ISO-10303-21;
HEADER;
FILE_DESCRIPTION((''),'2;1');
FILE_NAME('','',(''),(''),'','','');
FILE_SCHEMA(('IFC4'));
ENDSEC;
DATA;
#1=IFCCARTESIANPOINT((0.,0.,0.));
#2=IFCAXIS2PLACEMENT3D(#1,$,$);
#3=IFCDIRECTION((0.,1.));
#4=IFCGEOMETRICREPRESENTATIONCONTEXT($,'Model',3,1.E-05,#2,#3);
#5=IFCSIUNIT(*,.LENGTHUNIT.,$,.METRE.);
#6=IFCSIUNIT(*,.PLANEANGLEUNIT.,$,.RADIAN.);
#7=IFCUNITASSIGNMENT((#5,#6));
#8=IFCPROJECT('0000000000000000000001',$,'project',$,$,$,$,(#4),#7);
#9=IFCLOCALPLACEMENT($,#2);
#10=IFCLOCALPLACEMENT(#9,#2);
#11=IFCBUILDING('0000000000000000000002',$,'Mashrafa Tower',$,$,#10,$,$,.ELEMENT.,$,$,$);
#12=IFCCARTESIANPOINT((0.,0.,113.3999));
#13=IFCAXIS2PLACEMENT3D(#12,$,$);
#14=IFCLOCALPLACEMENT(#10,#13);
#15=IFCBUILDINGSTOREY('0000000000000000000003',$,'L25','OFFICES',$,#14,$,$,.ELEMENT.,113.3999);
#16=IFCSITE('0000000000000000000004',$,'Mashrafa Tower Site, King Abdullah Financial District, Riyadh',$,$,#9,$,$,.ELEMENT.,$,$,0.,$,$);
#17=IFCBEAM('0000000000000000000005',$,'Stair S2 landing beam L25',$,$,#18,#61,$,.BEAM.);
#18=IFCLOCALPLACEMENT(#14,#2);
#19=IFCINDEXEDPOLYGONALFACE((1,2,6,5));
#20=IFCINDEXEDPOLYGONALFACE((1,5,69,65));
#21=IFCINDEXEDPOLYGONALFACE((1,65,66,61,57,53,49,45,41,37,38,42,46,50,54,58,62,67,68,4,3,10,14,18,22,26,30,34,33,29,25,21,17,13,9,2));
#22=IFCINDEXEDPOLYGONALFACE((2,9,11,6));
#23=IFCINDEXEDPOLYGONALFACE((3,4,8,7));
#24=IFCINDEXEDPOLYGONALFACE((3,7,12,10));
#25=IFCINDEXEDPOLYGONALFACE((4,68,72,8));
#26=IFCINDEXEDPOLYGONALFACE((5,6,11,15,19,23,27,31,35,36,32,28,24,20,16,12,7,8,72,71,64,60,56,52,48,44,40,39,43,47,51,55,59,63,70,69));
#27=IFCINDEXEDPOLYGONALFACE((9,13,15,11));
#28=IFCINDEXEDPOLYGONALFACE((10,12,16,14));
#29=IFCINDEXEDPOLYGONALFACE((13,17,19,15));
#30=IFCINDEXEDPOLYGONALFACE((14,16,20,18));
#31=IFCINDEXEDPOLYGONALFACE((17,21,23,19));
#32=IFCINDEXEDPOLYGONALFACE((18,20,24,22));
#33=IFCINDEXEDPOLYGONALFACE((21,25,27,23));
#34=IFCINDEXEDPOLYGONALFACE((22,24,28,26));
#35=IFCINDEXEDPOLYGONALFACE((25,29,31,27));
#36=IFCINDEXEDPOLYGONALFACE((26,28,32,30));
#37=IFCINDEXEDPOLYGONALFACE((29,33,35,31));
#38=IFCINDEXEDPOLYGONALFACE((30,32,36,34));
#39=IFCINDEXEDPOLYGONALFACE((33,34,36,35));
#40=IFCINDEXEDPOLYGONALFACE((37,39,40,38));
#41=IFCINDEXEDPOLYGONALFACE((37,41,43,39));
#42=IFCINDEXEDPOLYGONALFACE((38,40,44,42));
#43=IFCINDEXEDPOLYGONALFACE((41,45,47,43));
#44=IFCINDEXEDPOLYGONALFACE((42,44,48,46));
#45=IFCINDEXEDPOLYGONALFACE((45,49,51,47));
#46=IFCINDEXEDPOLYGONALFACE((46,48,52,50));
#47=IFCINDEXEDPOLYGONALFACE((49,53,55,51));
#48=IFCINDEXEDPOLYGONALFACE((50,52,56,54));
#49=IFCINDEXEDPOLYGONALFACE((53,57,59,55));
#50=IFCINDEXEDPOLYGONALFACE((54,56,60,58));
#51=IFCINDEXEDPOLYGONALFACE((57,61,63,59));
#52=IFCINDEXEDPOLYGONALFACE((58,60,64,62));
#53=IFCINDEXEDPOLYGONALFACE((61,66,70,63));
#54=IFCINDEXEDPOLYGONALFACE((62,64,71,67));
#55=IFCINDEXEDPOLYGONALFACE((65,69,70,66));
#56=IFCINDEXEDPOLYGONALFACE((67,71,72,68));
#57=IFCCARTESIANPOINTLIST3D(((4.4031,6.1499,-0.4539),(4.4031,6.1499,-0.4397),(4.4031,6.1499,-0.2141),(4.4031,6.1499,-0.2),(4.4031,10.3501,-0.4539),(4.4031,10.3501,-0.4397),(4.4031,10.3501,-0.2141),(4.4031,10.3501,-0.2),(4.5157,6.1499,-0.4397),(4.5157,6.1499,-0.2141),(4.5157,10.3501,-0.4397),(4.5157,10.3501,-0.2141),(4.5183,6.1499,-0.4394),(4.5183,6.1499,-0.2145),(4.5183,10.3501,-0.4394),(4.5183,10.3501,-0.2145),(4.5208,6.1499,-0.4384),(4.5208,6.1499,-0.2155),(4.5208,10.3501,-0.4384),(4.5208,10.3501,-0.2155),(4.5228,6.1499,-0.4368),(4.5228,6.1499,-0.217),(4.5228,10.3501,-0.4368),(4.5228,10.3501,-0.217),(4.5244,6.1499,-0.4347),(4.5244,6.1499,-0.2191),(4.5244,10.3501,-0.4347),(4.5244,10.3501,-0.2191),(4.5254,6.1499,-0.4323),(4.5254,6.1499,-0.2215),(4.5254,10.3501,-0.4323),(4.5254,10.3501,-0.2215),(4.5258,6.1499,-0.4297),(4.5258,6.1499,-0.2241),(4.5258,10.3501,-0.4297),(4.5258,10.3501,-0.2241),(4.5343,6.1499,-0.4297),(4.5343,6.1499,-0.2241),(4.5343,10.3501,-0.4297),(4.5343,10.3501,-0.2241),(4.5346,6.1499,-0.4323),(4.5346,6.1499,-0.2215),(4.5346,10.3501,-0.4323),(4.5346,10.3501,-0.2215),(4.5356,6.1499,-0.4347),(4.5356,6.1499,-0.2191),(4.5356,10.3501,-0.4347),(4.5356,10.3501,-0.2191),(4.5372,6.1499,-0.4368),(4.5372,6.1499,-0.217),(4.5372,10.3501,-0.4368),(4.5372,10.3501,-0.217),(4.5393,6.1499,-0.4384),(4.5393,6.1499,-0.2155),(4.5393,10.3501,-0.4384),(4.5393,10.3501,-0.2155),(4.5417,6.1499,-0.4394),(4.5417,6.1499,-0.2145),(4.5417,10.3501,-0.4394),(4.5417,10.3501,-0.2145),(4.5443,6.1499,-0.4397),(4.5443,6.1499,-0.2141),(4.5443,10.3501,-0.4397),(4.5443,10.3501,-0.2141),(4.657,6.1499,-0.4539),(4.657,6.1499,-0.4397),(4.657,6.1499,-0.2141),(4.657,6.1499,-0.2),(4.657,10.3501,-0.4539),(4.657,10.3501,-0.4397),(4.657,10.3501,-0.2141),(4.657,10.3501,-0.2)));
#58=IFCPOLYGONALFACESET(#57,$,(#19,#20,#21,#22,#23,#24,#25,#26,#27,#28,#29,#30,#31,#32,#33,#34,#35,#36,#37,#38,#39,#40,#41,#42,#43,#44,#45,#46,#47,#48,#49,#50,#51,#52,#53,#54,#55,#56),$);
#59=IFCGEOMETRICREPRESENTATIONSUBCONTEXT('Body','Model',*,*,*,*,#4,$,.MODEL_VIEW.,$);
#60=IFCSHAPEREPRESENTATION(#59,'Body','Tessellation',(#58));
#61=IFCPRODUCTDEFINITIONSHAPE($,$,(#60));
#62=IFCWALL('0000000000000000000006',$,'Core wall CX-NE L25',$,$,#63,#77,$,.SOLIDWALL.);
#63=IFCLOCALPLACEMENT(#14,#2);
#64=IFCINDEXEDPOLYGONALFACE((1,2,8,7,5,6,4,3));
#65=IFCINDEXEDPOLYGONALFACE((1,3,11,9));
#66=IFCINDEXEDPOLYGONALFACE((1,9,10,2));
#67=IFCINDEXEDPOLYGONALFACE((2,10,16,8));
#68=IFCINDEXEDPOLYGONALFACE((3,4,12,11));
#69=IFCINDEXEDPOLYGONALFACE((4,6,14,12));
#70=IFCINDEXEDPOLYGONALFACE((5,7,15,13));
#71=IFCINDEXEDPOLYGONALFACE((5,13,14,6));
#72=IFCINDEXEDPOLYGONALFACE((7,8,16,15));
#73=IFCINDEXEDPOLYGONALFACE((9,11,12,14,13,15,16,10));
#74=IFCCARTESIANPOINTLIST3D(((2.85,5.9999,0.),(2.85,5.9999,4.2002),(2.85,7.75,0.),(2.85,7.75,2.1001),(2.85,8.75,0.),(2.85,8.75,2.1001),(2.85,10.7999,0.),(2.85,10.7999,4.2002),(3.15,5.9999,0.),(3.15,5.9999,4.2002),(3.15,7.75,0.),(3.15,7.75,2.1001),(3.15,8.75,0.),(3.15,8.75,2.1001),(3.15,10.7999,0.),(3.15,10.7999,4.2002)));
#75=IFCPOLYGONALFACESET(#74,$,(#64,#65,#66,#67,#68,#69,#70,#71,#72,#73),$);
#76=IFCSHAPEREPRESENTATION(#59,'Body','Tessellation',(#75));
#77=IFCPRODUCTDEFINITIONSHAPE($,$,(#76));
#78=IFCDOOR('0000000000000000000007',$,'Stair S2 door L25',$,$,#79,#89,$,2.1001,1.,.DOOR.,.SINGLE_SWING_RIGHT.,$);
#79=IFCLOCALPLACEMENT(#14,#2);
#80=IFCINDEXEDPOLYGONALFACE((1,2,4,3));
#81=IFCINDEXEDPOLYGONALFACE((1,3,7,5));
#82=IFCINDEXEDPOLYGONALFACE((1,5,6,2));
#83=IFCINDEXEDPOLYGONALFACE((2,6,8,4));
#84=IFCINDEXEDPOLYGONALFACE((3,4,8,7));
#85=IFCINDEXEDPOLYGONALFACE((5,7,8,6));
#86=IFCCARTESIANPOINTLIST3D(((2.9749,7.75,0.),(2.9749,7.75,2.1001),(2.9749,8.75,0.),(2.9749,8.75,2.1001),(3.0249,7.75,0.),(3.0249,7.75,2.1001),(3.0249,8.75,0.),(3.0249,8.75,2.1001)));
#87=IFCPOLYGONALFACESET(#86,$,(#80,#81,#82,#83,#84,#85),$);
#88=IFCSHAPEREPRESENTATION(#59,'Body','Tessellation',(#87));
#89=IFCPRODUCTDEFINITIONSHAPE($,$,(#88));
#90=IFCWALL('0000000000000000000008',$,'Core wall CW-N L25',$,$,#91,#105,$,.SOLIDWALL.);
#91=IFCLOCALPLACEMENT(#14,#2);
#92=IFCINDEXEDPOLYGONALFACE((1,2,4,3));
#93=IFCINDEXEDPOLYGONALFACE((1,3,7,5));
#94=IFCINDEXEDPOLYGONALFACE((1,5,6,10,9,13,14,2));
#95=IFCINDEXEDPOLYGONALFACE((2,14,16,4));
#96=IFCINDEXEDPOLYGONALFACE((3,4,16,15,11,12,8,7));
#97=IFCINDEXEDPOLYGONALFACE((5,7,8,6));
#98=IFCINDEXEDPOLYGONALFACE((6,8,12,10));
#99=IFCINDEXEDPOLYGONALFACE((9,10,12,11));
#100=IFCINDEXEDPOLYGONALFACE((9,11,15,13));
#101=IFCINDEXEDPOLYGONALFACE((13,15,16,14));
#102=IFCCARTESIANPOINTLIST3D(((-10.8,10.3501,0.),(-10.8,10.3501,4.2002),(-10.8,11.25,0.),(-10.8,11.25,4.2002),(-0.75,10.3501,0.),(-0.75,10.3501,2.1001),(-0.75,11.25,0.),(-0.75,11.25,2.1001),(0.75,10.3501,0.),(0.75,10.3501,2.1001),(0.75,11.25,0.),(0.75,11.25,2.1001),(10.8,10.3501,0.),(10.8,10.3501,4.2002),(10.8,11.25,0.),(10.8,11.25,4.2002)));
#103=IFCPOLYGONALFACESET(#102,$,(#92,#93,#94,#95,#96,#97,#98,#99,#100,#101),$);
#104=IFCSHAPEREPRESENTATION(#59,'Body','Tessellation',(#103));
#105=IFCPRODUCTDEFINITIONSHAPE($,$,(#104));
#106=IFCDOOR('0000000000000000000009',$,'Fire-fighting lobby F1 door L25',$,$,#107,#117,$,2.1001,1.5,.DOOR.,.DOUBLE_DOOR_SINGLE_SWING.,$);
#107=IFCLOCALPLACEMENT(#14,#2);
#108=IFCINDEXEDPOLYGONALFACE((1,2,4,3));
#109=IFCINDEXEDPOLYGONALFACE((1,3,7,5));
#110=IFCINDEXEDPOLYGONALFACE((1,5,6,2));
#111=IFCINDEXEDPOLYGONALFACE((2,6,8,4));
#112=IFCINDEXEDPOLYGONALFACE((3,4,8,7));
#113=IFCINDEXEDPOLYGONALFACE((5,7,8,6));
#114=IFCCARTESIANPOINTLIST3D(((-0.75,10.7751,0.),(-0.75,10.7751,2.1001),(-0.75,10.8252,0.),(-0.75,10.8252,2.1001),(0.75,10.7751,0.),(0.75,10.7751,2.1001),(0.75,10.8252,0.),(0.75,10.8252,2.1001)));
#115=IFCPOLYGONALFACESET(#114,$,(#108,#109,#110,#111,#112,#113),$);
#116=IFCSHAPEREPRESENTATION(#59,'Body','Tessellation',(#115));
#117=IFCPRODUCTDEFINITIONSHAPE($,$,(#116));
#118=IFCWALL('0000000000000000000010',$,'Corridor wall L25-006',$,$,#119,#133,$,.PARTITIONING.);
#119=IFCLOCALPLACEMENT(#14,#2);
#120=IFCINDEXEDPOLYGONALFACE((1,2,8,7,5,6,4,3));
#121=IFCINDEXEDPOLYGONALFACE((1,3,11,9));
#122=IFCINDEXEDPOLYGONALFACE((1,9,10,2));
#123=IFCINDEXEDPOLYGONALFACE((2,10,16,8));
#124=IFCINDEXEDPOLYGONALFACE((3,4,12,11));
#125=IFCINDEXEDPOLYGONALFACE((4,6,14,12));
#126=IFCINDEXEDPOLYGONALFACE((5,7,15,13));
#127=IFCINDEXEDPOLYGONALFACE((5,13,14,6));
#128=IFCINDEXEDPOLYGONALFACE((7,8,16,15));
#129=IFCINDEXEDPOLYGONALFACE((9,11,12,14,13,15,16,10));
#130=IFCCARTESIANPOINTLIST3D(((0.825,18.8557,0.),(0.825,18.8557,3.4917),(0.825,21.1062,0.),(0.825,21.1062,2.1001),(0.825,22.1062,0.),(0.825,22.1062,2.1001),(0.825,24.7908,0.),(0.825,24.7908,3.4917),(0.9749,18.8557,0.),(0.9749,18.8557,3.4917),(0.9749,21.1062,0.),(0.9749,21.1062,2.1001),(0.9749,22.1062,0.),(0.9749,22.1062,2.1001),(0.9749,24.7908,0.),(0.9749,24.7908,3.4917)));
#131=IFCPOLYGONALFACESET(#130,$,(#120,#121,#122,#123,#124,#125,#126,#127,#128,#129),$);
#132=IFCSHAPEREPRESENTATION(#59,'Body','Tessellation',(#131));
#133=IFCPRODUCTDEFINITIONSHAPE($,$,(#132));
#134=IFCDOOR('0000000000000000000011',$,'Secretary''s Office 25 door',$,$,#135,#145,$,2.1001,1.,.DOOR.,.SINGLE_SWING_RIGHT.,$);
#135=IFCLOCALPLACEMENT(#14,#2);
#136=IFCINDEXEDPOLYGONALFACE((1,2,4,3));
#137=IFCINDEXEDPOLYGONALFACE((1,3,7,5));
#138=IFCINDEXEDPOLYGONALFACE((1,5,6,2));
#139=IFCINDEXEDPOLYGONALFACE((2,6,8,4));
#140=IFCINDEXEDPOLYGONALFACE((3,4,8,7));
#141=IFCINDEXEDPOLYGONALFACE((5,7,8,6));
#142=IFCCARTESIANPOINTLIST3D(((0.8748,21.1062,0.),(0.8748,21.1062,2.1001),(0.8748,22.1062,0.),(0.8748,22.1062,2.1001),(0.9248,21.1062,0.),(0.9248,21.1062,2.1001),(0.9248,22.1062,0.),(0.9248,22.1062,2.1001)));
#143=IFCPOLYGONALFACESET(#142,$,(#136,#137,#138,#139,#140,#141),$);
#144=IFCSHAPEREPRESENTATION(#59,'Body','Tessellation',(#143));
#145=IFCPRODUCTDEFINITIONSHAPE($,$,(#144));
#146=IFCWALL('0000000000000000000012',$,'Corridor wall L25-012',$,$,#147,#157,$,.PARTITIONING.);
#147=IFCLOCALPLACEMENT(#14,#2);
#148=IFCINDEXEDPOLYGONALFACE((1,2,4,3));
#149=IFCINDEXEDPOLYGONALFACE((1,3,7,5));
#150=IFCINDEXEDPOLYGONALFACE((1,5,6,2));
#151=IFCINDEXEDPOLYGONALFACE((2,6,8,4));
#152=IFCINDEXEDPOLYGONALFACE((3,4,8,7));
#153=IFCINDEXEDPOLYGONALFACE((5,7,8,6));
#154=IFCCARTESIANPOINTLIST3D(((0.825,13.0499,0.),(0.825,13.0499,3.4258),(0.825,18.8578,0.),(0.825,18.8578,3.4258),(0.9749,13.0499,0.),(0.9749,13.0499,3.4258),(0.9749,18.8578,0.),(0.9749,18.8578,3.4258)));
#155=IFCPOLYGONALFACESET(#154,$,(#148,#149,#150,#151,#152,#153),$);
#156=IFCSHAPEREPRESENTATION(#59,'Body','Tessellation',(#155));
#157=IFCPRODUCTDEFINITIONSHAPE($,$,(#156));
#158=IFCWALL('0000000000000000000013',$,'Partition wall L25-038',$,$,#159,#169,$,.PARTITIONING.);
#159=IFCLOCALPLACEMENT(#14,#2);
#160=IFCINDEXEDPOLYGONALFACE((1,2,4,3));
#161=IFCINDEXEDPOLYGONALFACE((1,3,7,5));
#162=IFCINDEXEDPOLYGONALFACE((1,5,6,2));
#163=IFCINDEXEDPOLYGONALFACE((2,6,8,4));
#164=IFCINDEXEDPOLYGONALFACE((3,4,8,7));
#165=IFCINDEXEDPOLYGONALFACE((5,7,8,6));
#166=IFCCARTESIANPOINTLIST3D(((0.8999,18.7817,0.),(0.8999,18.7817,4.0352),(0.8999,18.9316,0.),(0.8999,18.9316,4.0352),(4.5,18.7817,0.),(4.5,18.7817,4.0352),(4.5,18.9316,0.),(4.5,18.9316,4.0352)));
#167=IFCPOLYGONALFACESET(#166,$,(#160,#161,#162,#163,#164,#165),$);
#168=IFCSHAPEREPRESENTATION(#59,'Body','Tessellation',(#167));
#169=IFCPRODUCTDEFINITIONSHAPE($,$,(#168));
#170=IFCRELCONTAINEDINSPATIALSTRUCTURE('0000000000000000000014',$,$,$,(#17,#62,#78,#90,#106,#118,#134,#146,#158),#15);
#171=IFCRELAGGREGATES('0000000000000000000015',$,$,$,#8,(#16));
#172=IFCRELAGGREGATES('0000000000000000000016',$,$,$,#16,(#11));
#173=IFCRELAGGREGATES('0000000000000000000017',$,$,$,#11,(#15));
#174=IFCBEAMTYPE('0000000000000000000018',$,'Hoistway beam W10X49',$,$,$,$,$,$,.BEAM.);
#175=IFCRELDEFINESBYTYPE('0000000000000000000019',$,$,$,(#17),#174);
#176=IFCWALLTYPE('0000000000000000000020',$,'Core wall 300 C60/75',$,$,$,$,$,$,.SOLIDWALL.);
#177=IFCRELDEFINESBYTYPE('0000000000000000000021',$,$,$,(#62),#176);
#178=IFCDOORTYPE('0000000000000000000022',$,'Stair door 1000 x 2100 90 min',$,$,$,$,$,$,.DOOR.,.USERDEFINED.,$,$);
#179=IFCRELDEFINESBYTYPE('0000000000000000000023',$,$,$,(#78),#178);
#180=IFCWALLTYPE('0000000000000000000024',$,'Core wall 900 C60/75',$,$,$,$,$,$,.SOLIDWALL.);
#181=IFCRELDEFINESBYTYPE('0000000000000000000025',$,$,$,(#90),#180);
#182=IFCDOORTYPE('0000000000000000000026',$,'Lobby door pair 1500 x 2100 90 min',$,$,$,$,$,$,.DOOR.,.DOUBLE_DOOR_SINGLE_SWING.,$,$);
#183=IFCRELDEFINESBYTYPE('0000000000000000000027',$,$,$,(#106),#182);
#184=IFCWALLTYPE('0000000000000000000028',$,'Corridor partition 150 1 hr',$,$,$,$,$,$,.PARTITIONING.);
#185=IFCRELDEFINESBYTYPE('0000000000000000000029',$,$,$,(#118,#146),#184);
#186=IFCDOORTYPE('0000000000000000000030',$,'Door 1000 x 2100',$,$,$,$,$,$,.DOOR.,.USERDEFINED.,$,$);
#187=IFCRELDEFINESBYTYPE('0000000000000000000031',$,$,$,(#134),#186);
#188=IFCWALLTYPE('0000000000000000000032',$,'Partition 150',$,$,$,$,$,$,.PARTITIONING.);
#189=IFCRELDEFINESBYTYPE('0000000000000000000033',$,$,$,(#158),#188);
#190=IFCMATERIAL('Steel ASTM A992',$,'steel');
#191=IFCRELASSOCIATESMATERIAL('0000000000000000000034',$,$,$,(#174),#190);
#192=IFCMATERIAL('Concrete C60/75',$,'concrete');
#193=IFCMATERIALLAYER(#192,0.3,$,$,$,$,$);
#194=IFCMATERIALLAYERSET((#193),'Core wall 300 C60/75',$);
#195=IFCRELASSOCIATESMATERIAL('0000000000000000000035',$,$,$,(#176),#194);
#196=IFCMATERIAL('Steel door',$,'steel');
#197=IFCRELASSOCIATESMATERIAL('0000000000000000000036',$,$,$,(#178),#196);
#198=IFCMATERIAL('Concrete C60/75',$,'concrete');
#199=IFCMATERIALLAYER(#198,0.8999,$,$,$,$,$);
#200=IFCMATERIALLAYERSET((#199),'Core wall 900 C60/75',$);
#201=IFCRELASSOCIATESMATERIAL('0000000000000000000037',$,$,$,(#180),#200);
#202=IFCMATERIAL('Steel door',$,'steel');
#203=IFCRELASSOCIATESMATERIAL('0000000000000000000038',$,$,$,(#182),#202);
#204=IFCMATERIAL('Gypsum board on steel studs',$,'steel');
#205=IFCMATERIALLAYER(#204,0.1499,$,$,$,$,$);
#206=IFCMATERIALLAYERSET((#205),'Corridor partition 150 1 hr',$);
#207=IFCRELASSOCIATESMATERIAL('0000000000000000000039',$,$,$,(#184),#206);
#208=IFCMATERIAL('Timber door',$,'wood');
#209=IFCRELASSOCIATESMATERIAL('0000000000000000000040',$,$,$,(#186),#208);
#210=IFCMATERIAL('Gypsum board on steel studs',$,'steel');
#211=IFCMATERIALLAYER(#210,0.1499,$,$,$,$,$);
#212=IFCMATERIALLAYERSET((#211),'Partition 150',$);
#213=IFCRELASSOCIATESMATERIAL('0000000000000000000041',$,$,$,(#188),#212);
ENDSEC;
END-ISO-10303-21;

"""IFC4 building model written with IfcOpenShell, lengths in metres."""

from ifc_helpers import new_model, si_unit, direction, frame, frame_2d, origin, origin_2d, place, context, subcontext, project, spatial, rectangle, i_section, extrude, material, layer, layer_set, material_profile, profile_set, type_object, element, fill, save


model = new_model("IFC4")

# Units and contexts
model_context = context("Model", 3, precision=1e-05, world=origin(), true_north=direction((0.0, 1.0)))
body_context = subcontext(model_context, "Body", "Model", "MODEL_VIEW")
ifc_project = project(units=[si_unit("LENGTHUNIT", "METRE"), si_unit("PLANEANGLEUNIT", "RADIAN")], contexts=[model_context])

# Site, building, storey
site_placement = place(None, origin())
site = spatial("IfcSite", under=ifc_project, at=site_placement, Name="Mashrafa Tower Site, King Abdullah Financial District, Riyadh", CompositionType="ELEMENT", RefElevation=0.0)
building_placement = place(site_placement, origin())
building = spatial("IfcBuilding", under=site, at=building_placement, Name="Mashrafa Tower", CompositionType="ELEMENT")
storey_placement = place(building_placement, frame((0.0, 0.0, 113.3999)))
storey = spatial("IfcBuildingStorey", under=building, at=storey_placement, Name="L25", Description="OFFICES", CompositionType="ELEMENT", Elevation=113.3999)

# Beam
ifc_material_1 = material(Name="Steel ASTM A992", Category="steel")
ifc_material_profile_1 = material_profile(ifc_material_1, i_section(OverallWidth=0.2539, OverallDepth=0.2539, WebThickness=0.0085, FlangeThickness=0.0142, FilletRadius=0.01, at=origin_2d()), Name="W10X49")
ifc_profile_set_1 = profile_set([ifc_material_profile_1], Name="Steel ASTM A992")
beam_type_1 = type_object("IfcBeamType", Name="Hoistway beam W10X49", PredefinedType="BEAM", material=ifc_profile_set_1)
beam_1_placement = place(storey_placement, frame((4.53, 6.1499, -0.3269), z_axis=(0.0, 1.0, 0.0), x_axis=(-1.0, 0.0, 0.0)))
element("IfcBeam", 1, at=beam_1_placement, inside=storey, type_object=beam_type_1, Name="Stair S2 landing beam L25", PredefinedType="BEAM", context=body_context, shape_type="SweptSolid", body=[
    extrude(i_section(OverallWidth=0.2539, OverallDepth=0.2539, WebThickness=0.0085, FlangeThickness=0.0142, FilletRadius=0.01, at=origin_2d()), origin(), (0.0, 0.0, 1.0), 4.2002),
])

# Walls, openings, doors
ifc_material_2 = material(Name="Concrete C60/75", Category="concrete")
ifc_layer_1 = layer(ifc_material_2, 0.3)
ifc_layer_set_1 = layer_set([ifc_layer_1], Name="Core wall 300 C60/75")
wall_type_1 = type_object("IfcWallType", Name="Core wall 300 C60/75", PredefinedType="SOLIDWALL", material=ifc_layer_set_1)
wall_1_placement = place(storey_placement, frame((3.0, 6.0, 0.0), z_axis=(0.0, 0.0, 1.0), x_axis=(0.0, 1.0, 0.0)))
wall_1 = element("IfcWall", 2, at=wall_1_placement, inside=storey, type_object=wall_type_1, Name="Core wall CX-NE L25", PredefinedType="SOLIDWALL", context=body_context, shape_type="SweptSolid", body=[
    extrude(rectangle(XDim=4.8, YDim=0.3, at=frame_2d((2.3999, 0.0))), origin(), (0.0, 0.0, 1.0), 4.2002),
])
opening_1_placement = place(wall_1_placement, frame((1.75, 0.0, 0.0)))
opening_1 = element("IfcOpeningElement", 3, at=opening_1_placement, cuts=wall_1, PredefinedType="OPENING", context=body_context, shape_type="SweptSolid", body=[
    extrude(rectangle(XDim=1.0, YDim=2.1001, at=frame_2d((0.5, 1.05))), frame((0.0, 0.1599, 0.0), z_axis=(0.0, -1.0, 0.0), x_axis=(1.0, 0.0, 0.0)), (0.0, 0.0, 1.0), 0.3201),
])
ifc_material_3 = material(Name="Steel door", Category="steel")
door_type_1 = type_object("IfcDoorType", Name="Stair door 1000 x 2100 90 min", OperationType="USERDEFINED", PredefinedType="DOOR", material=ifc_material_3)
door_1_placement = place(opening_1_placement, frame((1.0, 0.0, 0.0), z_axis=(0.0, 0.0, 1.0), x_axis=(-1.0, 0.0, 0.0)))
door_1 = element("IfcDoor", 4, at=door_1_placement, inside=storey, type_object=door_type_1, Name="Stair S2 door L25", OperationType="SINGLE_SWING_RIGHT", OverallHeight=2.1001, OverallWidth=1.0, PredefinedType="DOOR", context=body_context, shape_type="SweptSolid", body=[
    extrude(rectangle(XDim=1.0, YDim=2.1001, at=frame_2d((0.5, 1.05))), frame((0.0, 0.0249, 0.0), z_axis=(0.0, -1.0, 0.0), x_axis=(1.0, 0.0, 0.0)), (0.0, 0.0, 1.0), 0.05),
])
fill(opening_1, door_1)
ifc_material_4 = material(Name="Concrete C60/75", Category="concrete")
ifc_layer_2 = layer(ifc_material_4, 0.8999)
ifc_layer_set_2 = layer_set([ifc_layer_2], Name="Core wall 900 C60/75")
wall_type_2 = type_object("IfcWallType", Name="Core wall 900 C60/75", PredefinedType="SOLIDWALL", material=ifc_layer_set_2)
wall_2_placement = place(storey_placement, frame((10.8, 10.8, 0.0), z_axis=(0.0, 0.0, 1.0), x_axis=(-1.0, 0.0, 0.0)))
wall_2 = element("IfcWall", 5, at=wall_2_placement, inside=storey, type_object=wall_type_2, Name="Core wall CW-N L25", PredefinedType="SOLIDWALL", context=body_context, shape_type="SweptSolid", body=[
    extrude(rectangle(XDim=21.6001, YDim=0.8999, at=frame_2d((10.8, 0.0))), origin(), (0.0, 0.0, 1.0), 4.2002),
])
opening_2_placement = place(wall_2_placement, frame((10.05, 0.0, 0.0)))
opening_2 = element("IfcOpeningElement", 6, at=opening_2_placement, cuts=wall_2, PredefinedType="OPENING", context=body_context, shape_type="SweptSolid", body=[
    extrude(rectangle(XDim=1.5, YDim=2.1001, at=frame_2d((0.75, 1.05))), frame((0.0, 0.46, 0.0), z_axis=(0.0, -1.0, 0.0), x_axis=(1.0, 0.0, 0.0)), (0.0, 0.0, 1.0), 0.9199),
])
ifc_material_5 = material(Name="Steel door", Category="steel")
door_type_2 = type_object("IfcDoorType", Name="Lobby door pair 1500 x 2100 90 min", OperationType="DOUBLE_DOOR_SINGLE_SWING", PredefinedType="DOOR", material=ifc_material_5)
door_2_placement = place(opening_2_placement, origin())
door_2 = element("IfcDoor", 7, at=door_2_placement, inside=storey, type_object=door_type_2, Name="Fire-fighting lobby F1 door L25", OperationType="DOUBLE_DOOR_SINGLE_SWING", OverallHeight=2.1001, OverallWidth=1.5, PredefinedType="DOOR", context=body_context, shape_type="SweptSolid", body=[
    extrude(rectangle(XDim=1.5, YDim=2.1001, at=frame_2d((0.75, 1.05))), frame((0.0, 0.0249, 0.0), z_axis=(0.0, -1.0, 0.0), x_axis=(1.0, 0.0, 0.0)), (0.0, 0.0, 1.0), 0.05),
])
fill(opening_2, door_2)
ifc_material_6 = material(Name="Gypsum board on steel studs", Category="steel")
ifc_layer_3 = layer(ifc_material_6, 0.1499)
ifc_layer_set_3 = layer_set([ifc_layer_3], Name="Corridor partition 150 1 hr")
wall_type_3 = type_object("IfcWallType", Name="Corridor partition 150 1 hr", PredefinedType="PARTITIONING", material=ifc_layer_set_3)
wall_3_placement = place(storey_placement, frame((0.8999, 18.8557, 0.0), z_axis=(0.0, 0.0, 1.0), x_axis=(0.0, 1.0, 0.0)))
wall_3 = element("IfcWall", 8, at=wall_3_placement, inside=storey, type_object=wall_type_3, Name="Corridor wall L25-006", PredefinedType="PARTITIONING", context=body_context, shape_type="SweptSolid", body=[
    extrude(rectangle(XDim=5.9351, YDim=0.1499, at=frame_2d((2.9675, 0.0))), origin(), (0.0, 0.0, 1.0), 3.4917),
])
opening_3_placement = place(wall_3_placement, frame((2.2505, 0.0, 0.0)))
opening_3 = element("IfcOpeningElement", 9, at=opening_3_placement, cuts=wall_3, PredefinedType="OPENING", context=body_context, shape_type="SweptSolid", body=[
    extrude(rectangle(XDim=1.0, YDim=2.1001, at=frame_2d((0.5, 1.05))), frame((0.0, 0.085, 0.0), z_axis=(0.0, -1.0, 0.0), x_axis=(1.0, 0.0, 0.0)), (0.0, 0.0, 1.0), 0.1699),
])
ifc_material_7 = material(Name="Timber door", Category="wood")
door_type_3 = type_object("IfcDoorType", Name="Door 1000 x 2100", OperationType="USERDEFINED", PredefinedType="DOOR", material=ifc_material_7)
door_3_placement = place(opening_3_placement, frame((1.0, 0.0, 0.0), z_axis=(0.0, 0.0, 1.0), x_axis=(-1.0, 0.0, 0.0)))
door_3 = element("IfcDoor", 10, at=door_3_placement, inside=storey, type_object=door_type_3, Name="Secretary's Office 25 door", OperationType="SINGLE_SWING_RIGHT", OverallHeight=2.1001, OverallWidth=1.0, PredefinedType="DOOR", context=body_context, shape_type="SweptSolid", body=[
    extrude(rectangle(XDim=1.0, YDim=2.1001, at=frame_2d((0.5, 1.05))), frame((0.0, 0.0249, 0.0), z_axis=(0.0, -1.0, 0.0), x_axis=(1.0, 0.0, 0.0)), (0.0, 0.0, 1.0), 0.05),
])
fill(opening_3, door_3)

# Walls
wall_4_placement = place(storey_placement, frame((0.8999, 13.05, 0.0), z_axis=(0.0, 0.0, 1.0), x_axis=(0.0, 1.0, 0.0)))
element("IfcWall", 11, at=wall_4_placement, inside=storey, type_object=wall_type_3, Name="Corridor wall L25-012", PredefinedType="PARTITIONING", context=body_context, shape_type="SweptSolid", body=[
    extrude(rectangle(XDim=5.8079, YDim=0.1499, at=frame_2d((2.9038, 0.0))), origin(), (0.0, 0.0, 1.0), 3.4258),
])
ifc_material_8 = material(Name="Gypsum board on steel studs", Category="steel")
ifc_layer_4 = layer(ifc_material_8, 0.1499)
ifc_layer_set_4 = layer_set([ifc_layer_4], Name="Partition 150")
wall_type_4 = type_object("IfcWallType", Name="Partition 150", PredefinedType="PARTITIONING", material=ifc_layer_set_4)
wall_5_placement = place(storey_placement, frame((0.8999, 18.8567, 0.0), z_axis=(0.0, 0.0, 1.0), x_axis=(1.0, 0.0, 0.0)))
element("IfcWall", 12, at=wall_5_placement, inside=storey, type_object=wall_type_4, Name="Partition wall L25-038", PredefinedType="PARTITIONING", context=body_context, shape_type="SweptSolid", body=[
    extrude(rectangle(XDim=3.6001, YDim=0.1499, at=frame_2d((1.8, 0.0))), origin(), (0.0, 0.0, 1.0), 4.0352),
])

save(model, "model.ifc")
